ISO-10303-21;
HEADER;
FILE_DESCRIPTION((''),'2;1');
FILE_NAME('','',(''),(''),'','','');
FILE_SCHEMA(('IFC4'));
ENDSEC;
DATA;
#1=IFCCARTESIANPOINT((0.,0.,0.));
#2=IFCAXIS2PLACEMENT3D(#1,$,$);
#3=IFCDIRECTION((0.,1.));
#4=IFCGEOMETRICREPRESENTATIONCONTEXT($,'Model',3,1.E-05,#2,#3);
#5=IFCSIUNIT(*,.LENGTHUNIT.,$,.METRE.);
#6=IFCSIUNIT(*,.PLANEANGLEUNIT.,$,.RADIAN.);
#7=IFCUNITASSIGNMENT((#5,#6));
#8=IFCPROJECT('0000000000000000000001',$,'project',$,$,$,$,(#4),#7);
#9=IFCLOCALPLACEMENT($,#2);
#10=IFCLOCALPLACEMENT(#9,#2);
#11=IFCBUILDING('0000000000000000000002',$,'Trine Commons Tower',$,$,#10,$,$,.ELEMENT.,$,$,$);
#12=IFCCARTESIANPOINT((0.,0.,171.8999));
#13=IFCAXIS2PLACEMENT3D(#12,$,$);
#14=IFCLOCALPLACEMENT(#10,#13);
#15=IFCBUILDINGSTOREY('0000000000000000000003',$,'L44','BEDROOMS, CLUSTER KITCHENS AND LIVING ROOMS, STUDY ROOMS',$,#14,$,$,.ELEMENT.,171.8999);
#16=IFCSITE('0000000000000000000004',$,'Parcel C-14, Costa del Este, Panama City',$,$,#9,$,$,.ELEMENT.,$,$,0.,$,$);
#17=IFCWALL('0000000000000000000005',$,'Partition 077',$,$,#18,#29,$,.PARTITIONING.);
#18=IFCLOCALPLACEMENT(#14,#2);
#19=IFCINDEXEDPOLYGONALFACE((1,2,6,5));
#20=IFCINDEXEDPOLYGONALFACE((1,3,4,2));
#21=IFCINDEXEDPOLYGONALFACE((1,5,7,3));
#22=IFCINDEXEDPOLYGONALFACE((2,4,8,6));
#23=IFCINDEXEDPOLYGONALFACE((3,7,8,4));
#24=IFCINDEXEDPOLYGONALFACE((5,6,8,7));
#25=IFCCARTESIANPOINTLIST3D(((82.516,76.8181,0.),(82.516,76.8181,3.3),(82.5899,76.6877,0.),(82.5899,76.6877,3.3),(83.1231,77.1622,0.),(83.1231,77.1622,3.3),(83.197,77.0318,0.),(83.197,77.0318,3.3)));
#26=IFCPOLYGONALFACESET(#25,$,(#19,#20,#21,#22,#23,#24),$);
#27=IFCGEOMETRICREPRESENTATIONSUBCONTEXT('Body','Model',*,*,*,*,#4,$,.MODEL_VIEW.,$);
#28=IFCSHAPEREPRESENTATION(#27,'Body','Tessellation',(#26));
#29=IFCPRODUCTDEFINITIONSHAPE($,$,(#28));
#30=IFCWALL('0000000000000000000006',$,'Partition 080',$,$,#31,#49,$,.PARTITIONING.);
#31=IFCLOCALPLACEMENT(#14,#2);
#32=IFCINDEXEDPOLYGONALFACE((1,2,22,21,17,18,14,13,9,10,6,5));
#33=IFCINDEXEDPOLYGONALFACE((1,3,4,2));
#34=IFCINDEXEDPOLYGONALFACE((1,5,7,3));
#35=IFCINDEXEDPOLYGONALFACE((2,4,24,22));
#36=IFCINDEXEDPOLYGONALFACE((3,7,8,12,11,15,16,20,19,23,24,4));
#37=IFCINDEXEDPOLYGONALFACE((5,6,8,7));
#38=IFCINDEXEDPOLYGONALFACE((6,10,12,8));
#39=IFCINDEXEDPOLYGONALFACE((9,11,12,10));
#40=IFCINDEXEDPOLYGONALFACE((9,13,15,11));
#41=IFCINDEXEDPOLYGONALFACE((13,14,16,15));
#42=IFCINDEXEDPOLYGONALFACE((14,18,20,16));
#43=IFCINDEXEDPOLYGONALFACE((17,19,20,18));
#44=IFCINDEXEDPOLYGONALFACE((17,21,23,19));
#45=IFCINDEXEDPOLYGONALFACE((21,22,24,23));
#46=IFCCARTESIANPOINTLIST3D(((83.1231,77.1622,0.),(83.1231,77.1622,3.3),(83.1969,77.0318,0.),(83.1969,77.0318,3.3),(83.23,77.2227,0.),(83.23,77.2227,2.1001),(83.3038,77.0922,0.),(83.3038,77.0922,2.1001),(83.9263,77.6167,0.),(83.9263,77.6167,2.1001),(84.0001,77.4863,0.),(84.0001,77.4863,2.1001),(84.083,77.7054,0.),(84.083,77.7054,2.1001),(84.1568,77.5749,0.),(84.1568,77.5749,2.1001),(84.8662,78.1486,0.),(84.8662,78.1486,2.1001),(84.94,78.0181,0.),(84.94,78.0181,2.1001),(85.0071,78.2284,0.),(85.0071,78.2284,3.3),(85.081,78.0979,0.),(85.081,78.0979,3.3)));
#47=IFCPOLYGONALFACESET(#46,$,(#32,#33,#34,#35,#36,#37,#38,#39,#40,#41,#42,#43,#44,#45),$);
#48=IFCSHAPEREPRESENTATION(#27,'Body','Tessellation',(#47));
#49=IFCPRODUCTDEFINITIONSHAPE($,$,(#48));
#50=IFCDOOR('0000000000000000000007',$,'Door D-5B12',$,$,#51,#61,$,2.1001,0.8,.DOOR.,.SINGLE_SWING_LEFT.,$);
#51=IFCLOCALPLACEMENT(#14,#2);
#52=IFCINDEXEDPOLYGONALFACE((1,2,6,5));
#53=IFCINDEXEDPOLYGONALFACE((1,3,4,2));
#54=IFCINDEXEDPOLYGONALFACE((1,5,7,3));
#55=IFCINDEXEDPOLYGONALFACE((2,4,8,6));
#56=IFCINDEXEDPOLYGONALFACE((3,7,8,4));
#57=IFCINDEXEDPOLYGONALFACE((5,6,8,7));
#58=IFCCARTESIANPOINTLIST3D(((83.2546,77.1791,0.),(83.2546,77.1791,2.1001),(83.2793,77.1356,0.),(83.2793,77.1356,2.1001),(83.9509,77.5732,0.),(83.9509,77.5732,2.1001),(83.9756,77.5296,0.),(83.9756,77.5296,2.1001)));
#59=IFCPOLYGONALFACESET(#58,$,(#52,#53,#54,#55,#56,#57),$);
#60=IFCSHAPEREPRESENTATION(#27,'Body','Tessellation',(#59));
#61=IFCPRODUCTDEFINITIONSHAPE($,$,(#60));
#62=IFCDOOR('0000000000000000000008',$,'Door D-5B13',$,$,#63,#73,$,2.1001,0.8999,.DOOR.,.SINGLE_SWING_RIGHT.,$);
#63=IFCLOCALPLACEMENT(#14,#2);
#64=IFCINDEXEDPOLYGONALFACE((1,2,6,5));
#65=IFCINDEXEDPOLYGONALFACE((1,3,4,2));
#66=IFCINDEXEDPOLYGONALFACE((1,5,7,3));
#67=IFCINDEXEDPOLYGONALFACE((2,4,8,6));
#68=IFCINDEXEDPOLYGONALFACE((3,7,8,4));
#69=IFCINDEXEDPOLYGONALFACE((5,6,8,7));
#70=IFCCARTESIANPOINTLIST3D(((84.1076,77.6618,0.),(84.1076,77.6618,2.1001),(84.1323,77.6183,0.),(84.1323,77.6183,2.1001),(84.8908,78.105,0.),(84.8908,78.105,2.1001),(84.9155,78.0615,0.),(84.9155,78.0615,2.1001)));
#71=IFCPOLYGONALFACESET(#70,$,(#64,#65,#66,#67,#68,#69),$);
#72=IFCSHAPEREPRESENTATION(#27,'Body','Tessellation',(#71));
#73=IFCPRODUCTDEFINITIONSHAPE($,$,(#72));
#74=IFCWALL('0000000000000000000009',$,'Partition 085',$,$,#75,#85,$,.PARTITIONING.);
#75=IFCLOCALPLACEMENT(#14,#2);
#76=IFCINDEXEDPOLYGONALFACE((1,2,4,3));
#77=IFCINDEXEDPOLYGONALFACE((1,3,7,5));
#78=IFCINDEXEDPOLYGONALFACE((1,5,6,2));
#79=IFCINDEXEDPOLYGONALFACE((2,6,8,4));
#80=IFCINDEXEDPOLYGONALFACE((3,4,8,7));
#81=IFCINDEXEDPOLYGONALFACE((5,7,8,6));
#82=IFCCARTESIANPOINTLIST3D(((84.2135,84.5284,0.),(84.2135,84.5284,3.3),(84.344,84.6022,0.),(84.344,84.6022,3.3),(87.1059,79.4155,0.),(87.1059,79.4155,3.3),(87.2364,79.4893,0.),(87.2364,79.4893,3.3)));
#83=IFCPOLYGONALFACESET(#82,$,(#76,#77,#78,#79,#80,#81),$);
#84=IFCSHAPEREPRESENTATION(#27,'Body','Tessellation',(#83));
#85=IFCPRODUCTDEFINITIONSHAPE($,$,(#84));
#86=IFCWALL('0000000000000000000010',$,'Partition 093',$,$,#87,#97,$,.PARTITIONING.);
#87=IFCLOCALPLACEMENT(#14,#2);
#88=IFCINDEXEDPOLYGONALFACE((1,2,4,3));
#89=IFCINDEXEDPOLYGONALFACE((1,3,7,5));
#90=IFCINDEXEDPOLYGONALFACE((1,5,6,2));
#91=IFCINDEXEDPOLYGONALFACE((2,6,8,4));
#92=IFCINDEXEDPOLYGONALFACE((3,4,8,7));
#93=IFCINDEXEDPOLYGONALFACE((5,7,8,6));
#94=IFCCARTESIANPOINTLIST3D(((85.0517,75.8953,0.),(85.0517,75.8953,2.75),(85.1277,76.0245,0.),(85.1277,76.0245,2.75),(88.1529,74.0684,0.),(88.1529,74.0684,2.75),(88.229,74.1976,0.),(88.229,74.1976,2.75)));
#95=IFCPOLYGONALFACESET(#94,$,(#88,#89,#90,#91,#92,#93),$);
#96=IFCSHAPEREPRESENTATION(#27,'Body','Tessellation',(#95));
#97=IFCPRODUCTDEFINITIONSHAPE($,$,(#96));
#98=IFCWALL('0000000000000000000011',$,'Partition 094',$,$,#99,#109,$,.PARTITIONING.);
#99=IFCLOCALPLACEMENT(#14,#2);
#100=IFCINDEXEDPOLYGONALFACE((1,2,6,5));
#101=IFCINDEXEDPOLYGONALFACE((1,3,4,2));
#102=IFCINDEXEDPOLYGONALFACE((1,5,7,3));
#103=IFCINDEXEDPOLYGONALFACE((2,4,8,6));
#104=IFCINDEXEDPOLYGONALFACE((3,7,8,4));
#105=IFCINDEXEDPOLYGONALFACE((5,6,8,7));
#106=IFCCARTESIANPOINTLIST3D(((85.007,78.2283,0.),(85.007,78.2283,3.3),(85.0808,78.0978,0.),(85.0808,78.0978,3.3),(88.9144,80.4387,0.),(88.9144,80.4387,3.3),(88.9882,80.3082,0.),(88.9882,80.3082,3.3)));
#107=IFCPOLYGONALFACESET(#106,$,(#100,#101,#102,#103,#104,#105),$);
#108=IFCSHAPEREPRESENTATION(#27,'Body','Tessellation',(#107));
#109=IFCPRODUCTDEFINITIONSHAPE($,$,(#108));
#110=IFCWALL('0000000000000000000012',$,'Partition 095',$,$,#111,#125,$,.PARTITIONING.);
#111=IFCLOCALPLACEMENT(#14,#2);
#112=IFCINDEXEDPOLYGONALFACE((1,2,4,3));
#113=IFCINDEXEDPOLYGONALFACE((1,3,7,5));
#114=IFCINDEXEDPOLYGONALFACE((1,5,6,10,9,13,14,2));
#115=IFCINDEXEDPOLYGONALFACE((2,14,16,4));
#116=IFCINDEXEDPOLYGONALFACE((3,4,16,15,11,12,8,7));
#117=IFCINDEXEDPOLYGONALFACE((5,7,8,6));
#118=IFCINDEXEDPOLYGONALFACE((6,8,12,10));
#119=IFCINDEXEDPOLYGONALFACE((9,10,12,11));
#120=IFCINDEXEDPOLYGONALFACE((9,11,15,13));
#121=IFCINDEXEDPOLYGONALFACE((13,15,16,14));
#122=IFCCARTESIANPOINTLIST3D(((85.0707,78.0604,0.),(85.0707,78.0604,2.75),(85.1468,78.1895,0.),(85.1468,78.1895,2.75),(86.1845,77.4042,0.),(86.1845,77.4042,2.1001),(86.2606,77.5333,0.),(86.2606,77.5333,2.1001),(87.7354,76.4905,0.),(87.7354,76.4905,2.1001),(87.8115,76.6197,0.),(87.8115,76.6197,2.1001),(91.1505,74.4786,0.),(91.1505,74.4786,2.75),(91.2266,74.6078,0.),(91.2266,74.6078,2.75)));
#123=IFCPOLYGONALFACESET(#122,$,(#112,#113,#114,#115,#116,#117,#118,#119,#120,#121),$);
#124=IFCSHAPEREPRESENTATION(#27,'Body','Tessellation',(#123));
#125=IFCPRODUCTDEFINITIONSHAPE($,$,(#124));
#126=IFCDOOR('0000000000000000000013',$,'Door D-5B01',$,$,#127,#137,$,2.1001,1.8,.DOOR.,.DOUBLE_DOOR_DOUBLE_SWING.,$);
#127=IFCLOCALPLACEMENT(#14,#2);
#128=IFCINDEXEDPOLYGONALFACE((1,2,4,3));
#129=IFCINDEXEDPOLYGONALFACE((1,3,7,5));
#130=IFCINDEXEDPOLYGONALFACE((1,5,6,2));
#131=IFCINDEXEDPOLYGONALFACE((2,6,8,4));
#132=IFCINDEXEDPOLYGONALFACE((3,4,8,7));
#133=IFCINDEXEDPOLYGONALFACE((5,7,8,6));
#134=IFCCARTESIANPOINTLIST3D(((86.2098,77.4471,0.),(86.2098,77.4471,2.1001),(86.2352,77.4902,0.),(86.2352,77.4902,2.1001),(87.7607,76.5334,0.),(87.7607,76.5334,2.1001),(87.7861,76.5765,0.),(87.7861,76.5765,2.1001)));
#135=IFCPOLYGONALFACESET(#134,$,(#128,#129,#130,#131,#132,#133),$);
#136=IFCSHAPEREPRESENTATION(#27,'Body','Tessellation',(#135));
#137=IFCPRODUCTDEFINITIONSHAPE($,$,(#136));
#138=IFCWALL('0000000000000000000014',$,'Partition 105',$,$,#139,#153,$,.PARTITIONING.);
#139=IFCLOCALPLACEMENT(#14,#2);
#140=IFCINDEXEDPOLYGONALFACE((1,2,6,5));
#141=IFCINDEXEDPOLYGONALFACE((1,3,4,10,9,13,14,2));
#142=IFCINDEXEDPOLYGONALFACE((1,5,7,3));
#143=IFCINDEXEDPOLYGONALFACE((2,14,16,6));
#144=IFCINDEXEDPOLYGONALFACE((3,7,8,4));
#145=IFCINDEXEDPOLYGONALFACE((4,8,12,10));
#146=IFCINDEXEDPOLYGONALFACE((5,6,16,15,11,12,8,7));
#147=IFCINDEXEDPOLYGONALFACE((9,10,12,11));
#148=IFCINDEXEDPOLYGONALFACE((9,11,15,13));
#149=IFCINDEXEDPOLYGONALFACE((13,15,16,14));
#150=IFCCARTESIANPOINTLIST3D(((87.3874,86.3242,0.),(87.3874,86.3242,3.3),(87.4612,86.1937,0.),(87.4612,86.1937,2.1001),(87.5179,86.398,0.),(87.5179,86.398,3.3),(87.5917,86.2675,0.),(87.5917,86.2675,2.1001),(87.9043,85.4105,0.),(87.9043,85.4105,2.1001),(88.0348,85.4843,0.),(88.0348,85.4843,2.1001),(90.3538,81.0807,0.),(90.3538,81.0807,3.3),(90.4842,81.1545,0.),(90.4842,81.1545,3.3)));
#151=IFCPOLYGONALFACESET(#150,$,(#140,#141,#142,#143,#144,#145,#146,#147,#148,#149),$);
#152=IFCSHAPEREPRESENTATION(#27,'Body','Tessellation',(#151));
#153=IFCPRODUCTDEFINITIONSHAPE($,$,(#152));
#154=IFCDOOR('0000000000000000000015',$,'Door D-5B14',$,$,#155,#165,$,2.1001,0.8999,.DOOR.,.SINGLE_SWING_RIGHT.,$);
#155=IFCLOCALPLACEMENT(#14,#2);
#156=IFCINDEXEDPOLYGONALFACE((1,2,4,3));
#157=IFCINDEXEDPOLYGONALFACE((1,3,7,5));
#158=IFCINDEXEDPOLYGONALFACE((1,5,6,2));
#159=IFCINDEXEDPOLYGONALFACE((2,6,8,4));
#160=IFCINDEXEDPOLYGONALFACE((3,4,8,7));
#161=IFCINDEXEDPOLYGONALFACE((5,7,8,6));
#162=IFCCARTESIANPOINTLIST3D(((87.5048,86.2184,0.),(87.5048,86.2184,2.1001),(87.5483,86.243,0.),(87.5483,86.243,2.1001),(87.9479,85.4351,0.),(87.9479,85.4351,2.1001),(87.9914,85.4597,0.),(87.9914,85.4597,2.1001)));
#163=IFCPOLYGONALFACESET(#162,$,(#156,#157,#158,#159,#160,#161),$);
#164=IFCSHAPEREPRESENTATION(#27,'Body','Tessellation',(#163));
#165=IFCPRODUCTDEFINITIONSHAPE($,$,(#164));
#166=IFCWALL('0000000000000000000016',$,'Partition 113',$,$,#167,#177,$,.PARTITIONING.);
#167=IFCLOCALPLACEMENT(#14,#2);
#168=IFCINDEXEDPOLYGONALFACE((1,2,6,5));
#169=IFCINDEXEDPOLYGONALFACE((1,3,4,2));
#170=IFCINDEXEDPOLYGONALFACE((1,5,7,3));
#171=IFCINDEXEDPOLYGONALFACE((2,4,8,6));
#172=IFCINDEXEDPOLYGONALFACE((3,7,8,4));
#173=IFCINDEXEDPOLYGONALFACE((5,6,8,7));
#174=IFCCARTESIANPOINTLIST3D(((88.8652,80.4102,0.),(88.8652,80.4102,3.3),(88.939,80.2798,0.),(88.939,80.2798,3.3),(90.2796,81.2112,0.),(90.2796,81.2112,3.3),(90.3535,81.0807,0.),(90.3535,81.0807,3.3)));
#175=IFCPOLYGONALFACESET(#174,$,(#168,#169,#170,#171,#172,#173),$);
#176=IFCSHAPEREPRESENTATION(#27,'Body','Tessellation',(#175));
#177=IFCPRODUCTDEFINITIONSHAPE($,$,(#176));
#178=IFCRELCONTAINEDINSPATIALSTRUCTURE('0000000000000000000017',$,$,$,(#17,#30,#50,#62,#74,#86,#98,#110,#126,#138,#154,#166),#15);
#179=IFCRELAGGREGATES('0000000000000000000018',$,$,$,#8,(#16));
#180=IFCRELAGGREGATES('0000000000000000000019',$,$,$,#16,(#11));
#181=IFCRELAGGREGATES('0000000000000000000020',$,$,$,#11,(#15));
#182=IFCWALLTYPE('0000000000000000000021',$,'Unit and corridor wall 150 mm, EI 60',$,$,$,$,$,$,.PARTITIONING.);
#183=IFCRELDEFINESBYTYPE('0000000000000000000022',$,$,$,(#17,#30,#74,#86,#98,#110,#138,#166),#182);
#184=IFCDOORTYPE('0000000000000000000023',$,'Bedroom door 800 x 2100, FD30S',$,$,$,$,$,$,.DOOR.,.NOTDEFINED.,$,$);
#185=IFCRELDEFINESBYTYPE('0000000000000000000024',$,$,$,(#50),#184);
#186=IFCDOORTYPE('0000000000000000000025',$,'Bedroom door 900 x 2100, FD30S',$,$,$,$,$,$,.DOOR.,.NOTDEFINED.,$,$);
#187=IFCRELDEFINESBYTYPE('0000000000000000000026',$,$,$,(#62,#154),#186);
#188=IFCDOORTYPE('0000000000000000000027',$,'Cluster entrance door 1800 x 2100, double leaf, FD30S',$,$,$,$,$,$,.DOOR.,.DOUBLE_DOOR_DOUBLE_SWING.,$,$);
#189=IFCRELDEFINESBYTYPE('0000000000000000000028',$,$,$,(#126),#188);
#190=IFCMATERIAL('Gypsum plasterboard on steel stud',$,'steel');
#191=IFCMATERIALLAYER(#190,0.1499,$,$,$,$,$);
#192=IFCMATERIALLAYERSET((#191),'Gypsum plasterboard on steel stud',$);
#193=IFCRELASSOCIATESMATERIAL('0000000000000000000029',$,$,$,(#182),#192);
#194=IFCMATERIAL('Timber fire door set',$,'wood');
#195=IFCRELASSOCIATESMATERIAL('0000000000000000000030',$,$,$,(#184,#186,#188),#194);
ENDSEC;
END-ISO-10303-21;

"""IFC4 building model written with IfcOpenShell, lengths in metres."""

from ifc_helpers import new_model, si_unit, direction, frame, frame_2d, origin, place, context, subcontext, project, spatial, rectangle, extrude, material, layer, layer_set, type_object, element, fill, save


model = new_model("IFC4")

# Units and contexts
model_context = context("Model", 3, precision=1e-05, world=origin(), true_north=direction((0.0, 1.0)))
body_context = subcontext(model_context, "Body", "Model", "MODEL_VIEW")
ifc_project = project(units=[si_unit("LENGTHUNIT", "METRE"), si_unit("PLANEANGLEUNIT", "RADIAN")], contexts=[model_context])

# Site, building, storey
site_placement = place(None, origin())
site = spatial("IfcSite", under=ifc_project, at=site_placement, Name="Parcel C-14, Costa del Este, Panama City", CompositionType="ELEMENT", RefElevation=0.0)
building_placement = place(site_placement, origin())
building = spatial("IfcBuilding", under=site, at=building_placement, Name="Trine Commons Tower", CompositionType="ELEMENT")
storey_placement = place(building_placement, frame((0.0, 0.0, 171.8999)))
storey = spatial("IfcBuildingStorey", under=building, at=storey_placement, Name="L44", Description="BEDROOMS, CLUSTER KITCHENS AND LIVING ROOMS, STUDY ROOMS", CompositionType="ELEMENT", Elevation=171.8999)

# Wall
ifc_material_1 = material(Name="Gypsum plasterboard on steel stud", Category="steel")
ifc_layer_1 = layer(ifc_material_1, 0.1499)
ifc_layer_set_1 = layer_set([ifc_layer_1], Name="Gypsum plasterboard on steel stud")
wall_type_1 = type_object("IfcWallType", Name="Unit and corridor wall 150 mm, EI 60", PredefinedType="PARTITIONING", material=ifc_layer_set_1)
wall_1_placement = place(storey_placement, frame((82.553, 76.7529, 0.0), z_axis=(0.0, 0.0, 1.0), x_axis=(0.869982, 0.493083, 0.0)))
element("IfcWall", 1, at=wall_1_placement, inside=storey, type_object=wall_type_1, Name="Partition 077", PredefinedType="PARTITIONING", context=body_context, shape_type="SweptSolid", body=[
    extrude(rectangle(XDim=0.6978, YDim=0.1499, at=frame_2d((0.3489, 0.0))), origin(), (0.0, 0.0, 1.0), 3.3),
])

# Wall, openings, doors
wall_2_placement = place(storey_placement, frame((83.1599, 77.0969, 0.0), z_axis=(0.0, 0.0, 1.0), x_axis=(0.870311, 0.492503, 0.0)))
wall_2 = element("IfcWall", 2, at=wall_2_placement, inside=storey, type_object=wall_type_1, Name="Partition 080", PredefinedType="PARTITIONING", context=body_context, shape_type="SweptSolid", body=[
    extrude(rectangle(XDim=2.1648, YDim=0.1499, at=frame_2d((1.0825, 0.0))), origin(), (0.0, 0.0, 1.0), 3.3),
])
opening_1_placement = place(wall_2_placement, frame((0.123, 0.0, 0.0)))
opening_1 = element("IfcOpeningElement", 3, at=opening_1_placement, cuts=wall_2, PredefinedType="OPENING", context=body_context, shape_type="SweptSolid", body=[
    extrude(rectangle(XDim=0.8, YDim=2.1001, at=frame_2d((0.3999, 1.05))), frame((0.0, 0.085, 0.0), z_axis=(0.0, -1.0, 0.0), x_axis=(1.0, 0.0, 0.0)), (0.0, 0.0, 1.0), 0.1699),
])
opening_2_placement = place(wall_2_placement, frame((1.103, 0.0, 0.0)))
opening_2 = element("IfcOpeningElement", 4, at=opening_2_placement, cuts=wall_2, PredefinedType="OPENING", context=body_context, shape_type="SweptSolid", body=[
    extrude(rectangle(XDim=0.8999, YDim=2.1001, at=frame_2d((0.45, 1.05))), frame((0.0, 0.085, 0.0), z_axis=(0.0, -1.0, 0.0), x_axis=(1.0, 0.0, 0.0)), (0.0, 0.0, 1.0), 0.1699),
])
ifc_material_2 = material(Name="Timber fire door set", Category="wood")
door_type_1 = type_object("IfcDoorType", Name="Bedroom door 800 x 2100, FD30S", OperationType="NOTDEFINED", PredefinedType="DOOR", material=ifc_material_2)
door_1_placement = place(opening_1_placement, origin())
door_1 = element("IfcDoor", 5, at=door_1_placement, inside=storey, type_object=door_type_1, Name="Door D-5B12", OperationType="SINGLE_SWING_LEFT", OverallHeight=2.1001, OverallWidth=0.8, PredefinedType="DOOR", context=body_context, shape_type="SweptSolid", body=[
    extrude(rectangle(XDim=0.8, YDim=2.1001, at=frame_2d((0.3999, 1.05))), frame((0.0, 0.0249, 0.0), z_axis=(0.0, -1.0, 0.0), x_axis=(1.0, 0.0, 0.0)), (0.0, 0.0, 1.0), 0.05),
])
fill(opening_1, door_1)
door_type_2 = type_object("IfcDoorType", Name="Bedroom door 900 x 2100, FD30S", OperationType="NOTDEFINED", PredefinedType="DOOR", material=ifc_material_2)
door_2_placement = place(opening_2_placement, origin())
door_2 = element("IfcDoor", 6, at=door_2_placement, inside=storey, type_object=door_type_2, Name="Door D-5B13", OperationType="SINGLE_SWING_RIGHT", OverallHeight=2.1001, OverallWidth=0.8999, PredefinedType="DOOR", context=body_context, shape_type="SweptSolid", body=[
    extrude(rectangle(XDim=0.8999, YDim=2.1001, at=frame_2d((0.45, 1.05))), frame((0.0, 0.0249, 0.0), z_axis=(0.0, -1.0, 0.0), x_axis=(1.0, 0.0, 0.0)), (0.0, 0.0, 1.0), 0.05),
])
fill(opening_2, door_2)

# Walls
wall_3_placement = place(storey_placement, frame((84.2788, 84.5652, 0.0), z_axis=(0.0, 0.0, 1.0), x_axis=(0.492379, -0.870381, 0.0)))
element("IfcWall", 7, at=wall_3_placement, inside=storey, type_object=wall_type_1, Name="Partition 085", PredefinedType="PARTITIONING", context=body_context, shape_type="SweptSolid", body=[
    extrude(rectangle(XDim=5.8743, YDim=0.1499, at=frame_2d((2.937, 0.0))), origin(), (0.0, 0.0, 1.0), 3.3),
])
wall_4_placement = place(storey_placement, frame((85.0896, 75.96, 0.0), z_axis=(0.0, 0.0, 1.0), x_axis=(0.861618, -0.507557, 0.0)))
element("IfcWall", 8, at=wall_4_placement, inside=storey, type_object=wall_type_1, Name="Partition 093", PredefinedType="PARTITIONING", context=body_context, shape_type="SweptSolid", body=[
    extrude(rectangle(XDim=3.5994, YDim=0.1499, at=frame_2d((1.7998, 0.0))), origin(), (0.0, 0.0, 1.0), 2.75),
])
wall_5_placement = place(storey_placement, frame((85.0439, 78.1631, 0.0), z_axis=(0.0, 0.0, 1.0), x_axis=(0.870384, 0.492374, 0.0)))
element("IfcWall", 9, at=wall_5_placement, inside=storey, type_object=wall_type_1, Name="Partition 094", PredefinedType="PARTITIONING", context=body_context, shape_type="SweptSolid", body=[
    extrude(rectangle(XDim=4.4893, YDim=0.1499, at=frame_2d((2.2446, 0.0))), origin(), (0.0, 0.0, 1.0), 3.3),
])

# Walls, openings, doors
wall_6_placement = place(storey_placement, frame((85.1086, 78.125, 0.0), z_axis=(0.0, 0.0, 1.0), x_axis=(0.861599, -0.50759, 0.0)))
wall_6 = element("IfcWall", 10, at=wall_6_placement, inside=storey, type_object=wall_type_1, Name="Partition 095", PredefinedType="PARTITIONING", context=body_context, shape_type="SweptSolid", body=[
    extrude(rectangle(XDim=7.0564, YDim=0.1499, at=frame_2d((3.5283, 0.0))), origin(), (0.0, 0.0, 1.0), 2.75),
])
opening_3_placement = place(wall_6_placement, frame((1.293, 0.0, 0.0)))
opening_3 = element("IfcOpeningElement", 11, at=opening_3_placement, cuts=wall_6, PredefinedType="OPENING", context=body_context, shape_type="SweptSolid", body=[
    extrude(rectangle(XDim=1.8, YDim=2.1001, at=frame_2d((0.8999, 1.05))), frame((0.0, 0.085, 0.0), z_axis=(0.0, -1.0, 0.0), x_axis=(1.0, 0.0, 0.0)), (0.0, 0.0, 1.0), 0.1699),
])
door_type_3 = type_object("IfcDoorType", Name="Cluster entrance door 1800 x 2100, double leaf, FD30S", OperationType="DOUBLE_DOOR_DOUBLE_SWING", PredefinedType="DOOR", material=ifc_material_2)
door_3_placement = place(opening_3_placement, origin())
door_3 = element("IfcDoor", 12, at=door_3_placement, inside=storey, type_object=door_type_3, Name="Door D-5B01", OperationType="DOUBLE_DOOR_DOUBLE_SWING", OverallHeight=2.1001, OverallWidth=1.8, PredefinedType="DOOR", context=body_context, shape_type="SweptSolid", body=[
    extrude(rectangle(XDim=1.8, YDim=2.1001, at=frame_2d((0.8999, 1.05))), frame((0.0, 0.0249, 0.0), z_axis=(0.0, -1.0, 0.0), x_axis=(1.0, 0.0, 0.0)), (0.0, 0.0, 1.0), 0.05),
])
fill(opening_3, door_3)
wall_7_placement = place(storey_placement, frame((87.4526, 86.3611, 0.0), z_axis=(0.0, 0.0, 1.0), x_axis=(0.49239, -0.870375, 0.0)))
wall_7 = element("IfcWall", 13, at=wall_7_placement, inside=storey, type_object=wall_type_1, Name="Partition 105", PredefinedType="PARTITIONING", context=body_context, shape_type="SweptSolid", body=[
    extrude(rectangle(XDim=6.0244, YDim=0.1499, at=frame_2d((3.0122, 0.0))), origin(), (0.0, 0.0, 1.0), 3.3),
])
opening_4_placement = place(wall_7_placement, frame((0.1499, 0.0, 0.0)))
opening_4 = element("IfcOpeningElement", 14, at=opening_4_placement, cuts=wall_7, PredefinedType="OPENING", context=body_context, shape_type="SweptSolid", body=[
    extrude(rectangle(XDim=0.8999, YDim=2.1001, at=frame_2d((0.45, 1.05))), frame((0.0, 0.085, 0.0), z_axis=(0.0, -1.0, 0.0), x_axis=(1.0, 0.0, 0.0)), (0.0, 0.0, 1.0), 0.1699),
])
door_4_placement = place(opening_4_placement, frame((0.8999, 0.0, 0.0), z_axis=(0.0, 0.0, 1.0), x_axis=(-1.0, 0.0, 0.0)))
door_4 = element("IfcDoor", 15, at=door_4_placement, inside=storey, type_object=door_type_2, Name="Door D-5B14", OperationType="SINGLE_SWING_RIGHT", OverallHeight=2.1001, OverallWidth=0.8999, PredefinedType="DOOR", context=body_context, shape_type="SweptSolid", body=[
    extrude(rectangle(XDim=0.8999, YDim=2.1001, at=frame_2d((0.45, 1.05))), frame((0.0, 0.0249, 0.0), z_axis=(0.0, -1.0, 0.0), x_axis=(1.0, 0.0, 0.0)), (0.0, 0.0, 1.0), 0.05),
])
fill(opening_4, door_4)

# Wall
wall_8_placement = place(storey_placement, frame((88.9021, 80.345, 0.0), z_axis=(0.0, 0.0, 1.0), x_axis=(0.870168, 0.492755, 0.0)))
element("IfcWall", 16, at=wall_8_placement, inside=storey, type_object=wall_type_1, Name="Partition 113", PredefinedType="PARTITIONING", context=body_context, shape_type="SweptSolid", body=[
    extrude(rectangle(XDim=1.6255, YDim=0.1499, at=frame_2d((0.8127, 0.0))), origin(), (0.0, 0.0, 1.0), 3.3),
])

save(model, "model.ifc")
